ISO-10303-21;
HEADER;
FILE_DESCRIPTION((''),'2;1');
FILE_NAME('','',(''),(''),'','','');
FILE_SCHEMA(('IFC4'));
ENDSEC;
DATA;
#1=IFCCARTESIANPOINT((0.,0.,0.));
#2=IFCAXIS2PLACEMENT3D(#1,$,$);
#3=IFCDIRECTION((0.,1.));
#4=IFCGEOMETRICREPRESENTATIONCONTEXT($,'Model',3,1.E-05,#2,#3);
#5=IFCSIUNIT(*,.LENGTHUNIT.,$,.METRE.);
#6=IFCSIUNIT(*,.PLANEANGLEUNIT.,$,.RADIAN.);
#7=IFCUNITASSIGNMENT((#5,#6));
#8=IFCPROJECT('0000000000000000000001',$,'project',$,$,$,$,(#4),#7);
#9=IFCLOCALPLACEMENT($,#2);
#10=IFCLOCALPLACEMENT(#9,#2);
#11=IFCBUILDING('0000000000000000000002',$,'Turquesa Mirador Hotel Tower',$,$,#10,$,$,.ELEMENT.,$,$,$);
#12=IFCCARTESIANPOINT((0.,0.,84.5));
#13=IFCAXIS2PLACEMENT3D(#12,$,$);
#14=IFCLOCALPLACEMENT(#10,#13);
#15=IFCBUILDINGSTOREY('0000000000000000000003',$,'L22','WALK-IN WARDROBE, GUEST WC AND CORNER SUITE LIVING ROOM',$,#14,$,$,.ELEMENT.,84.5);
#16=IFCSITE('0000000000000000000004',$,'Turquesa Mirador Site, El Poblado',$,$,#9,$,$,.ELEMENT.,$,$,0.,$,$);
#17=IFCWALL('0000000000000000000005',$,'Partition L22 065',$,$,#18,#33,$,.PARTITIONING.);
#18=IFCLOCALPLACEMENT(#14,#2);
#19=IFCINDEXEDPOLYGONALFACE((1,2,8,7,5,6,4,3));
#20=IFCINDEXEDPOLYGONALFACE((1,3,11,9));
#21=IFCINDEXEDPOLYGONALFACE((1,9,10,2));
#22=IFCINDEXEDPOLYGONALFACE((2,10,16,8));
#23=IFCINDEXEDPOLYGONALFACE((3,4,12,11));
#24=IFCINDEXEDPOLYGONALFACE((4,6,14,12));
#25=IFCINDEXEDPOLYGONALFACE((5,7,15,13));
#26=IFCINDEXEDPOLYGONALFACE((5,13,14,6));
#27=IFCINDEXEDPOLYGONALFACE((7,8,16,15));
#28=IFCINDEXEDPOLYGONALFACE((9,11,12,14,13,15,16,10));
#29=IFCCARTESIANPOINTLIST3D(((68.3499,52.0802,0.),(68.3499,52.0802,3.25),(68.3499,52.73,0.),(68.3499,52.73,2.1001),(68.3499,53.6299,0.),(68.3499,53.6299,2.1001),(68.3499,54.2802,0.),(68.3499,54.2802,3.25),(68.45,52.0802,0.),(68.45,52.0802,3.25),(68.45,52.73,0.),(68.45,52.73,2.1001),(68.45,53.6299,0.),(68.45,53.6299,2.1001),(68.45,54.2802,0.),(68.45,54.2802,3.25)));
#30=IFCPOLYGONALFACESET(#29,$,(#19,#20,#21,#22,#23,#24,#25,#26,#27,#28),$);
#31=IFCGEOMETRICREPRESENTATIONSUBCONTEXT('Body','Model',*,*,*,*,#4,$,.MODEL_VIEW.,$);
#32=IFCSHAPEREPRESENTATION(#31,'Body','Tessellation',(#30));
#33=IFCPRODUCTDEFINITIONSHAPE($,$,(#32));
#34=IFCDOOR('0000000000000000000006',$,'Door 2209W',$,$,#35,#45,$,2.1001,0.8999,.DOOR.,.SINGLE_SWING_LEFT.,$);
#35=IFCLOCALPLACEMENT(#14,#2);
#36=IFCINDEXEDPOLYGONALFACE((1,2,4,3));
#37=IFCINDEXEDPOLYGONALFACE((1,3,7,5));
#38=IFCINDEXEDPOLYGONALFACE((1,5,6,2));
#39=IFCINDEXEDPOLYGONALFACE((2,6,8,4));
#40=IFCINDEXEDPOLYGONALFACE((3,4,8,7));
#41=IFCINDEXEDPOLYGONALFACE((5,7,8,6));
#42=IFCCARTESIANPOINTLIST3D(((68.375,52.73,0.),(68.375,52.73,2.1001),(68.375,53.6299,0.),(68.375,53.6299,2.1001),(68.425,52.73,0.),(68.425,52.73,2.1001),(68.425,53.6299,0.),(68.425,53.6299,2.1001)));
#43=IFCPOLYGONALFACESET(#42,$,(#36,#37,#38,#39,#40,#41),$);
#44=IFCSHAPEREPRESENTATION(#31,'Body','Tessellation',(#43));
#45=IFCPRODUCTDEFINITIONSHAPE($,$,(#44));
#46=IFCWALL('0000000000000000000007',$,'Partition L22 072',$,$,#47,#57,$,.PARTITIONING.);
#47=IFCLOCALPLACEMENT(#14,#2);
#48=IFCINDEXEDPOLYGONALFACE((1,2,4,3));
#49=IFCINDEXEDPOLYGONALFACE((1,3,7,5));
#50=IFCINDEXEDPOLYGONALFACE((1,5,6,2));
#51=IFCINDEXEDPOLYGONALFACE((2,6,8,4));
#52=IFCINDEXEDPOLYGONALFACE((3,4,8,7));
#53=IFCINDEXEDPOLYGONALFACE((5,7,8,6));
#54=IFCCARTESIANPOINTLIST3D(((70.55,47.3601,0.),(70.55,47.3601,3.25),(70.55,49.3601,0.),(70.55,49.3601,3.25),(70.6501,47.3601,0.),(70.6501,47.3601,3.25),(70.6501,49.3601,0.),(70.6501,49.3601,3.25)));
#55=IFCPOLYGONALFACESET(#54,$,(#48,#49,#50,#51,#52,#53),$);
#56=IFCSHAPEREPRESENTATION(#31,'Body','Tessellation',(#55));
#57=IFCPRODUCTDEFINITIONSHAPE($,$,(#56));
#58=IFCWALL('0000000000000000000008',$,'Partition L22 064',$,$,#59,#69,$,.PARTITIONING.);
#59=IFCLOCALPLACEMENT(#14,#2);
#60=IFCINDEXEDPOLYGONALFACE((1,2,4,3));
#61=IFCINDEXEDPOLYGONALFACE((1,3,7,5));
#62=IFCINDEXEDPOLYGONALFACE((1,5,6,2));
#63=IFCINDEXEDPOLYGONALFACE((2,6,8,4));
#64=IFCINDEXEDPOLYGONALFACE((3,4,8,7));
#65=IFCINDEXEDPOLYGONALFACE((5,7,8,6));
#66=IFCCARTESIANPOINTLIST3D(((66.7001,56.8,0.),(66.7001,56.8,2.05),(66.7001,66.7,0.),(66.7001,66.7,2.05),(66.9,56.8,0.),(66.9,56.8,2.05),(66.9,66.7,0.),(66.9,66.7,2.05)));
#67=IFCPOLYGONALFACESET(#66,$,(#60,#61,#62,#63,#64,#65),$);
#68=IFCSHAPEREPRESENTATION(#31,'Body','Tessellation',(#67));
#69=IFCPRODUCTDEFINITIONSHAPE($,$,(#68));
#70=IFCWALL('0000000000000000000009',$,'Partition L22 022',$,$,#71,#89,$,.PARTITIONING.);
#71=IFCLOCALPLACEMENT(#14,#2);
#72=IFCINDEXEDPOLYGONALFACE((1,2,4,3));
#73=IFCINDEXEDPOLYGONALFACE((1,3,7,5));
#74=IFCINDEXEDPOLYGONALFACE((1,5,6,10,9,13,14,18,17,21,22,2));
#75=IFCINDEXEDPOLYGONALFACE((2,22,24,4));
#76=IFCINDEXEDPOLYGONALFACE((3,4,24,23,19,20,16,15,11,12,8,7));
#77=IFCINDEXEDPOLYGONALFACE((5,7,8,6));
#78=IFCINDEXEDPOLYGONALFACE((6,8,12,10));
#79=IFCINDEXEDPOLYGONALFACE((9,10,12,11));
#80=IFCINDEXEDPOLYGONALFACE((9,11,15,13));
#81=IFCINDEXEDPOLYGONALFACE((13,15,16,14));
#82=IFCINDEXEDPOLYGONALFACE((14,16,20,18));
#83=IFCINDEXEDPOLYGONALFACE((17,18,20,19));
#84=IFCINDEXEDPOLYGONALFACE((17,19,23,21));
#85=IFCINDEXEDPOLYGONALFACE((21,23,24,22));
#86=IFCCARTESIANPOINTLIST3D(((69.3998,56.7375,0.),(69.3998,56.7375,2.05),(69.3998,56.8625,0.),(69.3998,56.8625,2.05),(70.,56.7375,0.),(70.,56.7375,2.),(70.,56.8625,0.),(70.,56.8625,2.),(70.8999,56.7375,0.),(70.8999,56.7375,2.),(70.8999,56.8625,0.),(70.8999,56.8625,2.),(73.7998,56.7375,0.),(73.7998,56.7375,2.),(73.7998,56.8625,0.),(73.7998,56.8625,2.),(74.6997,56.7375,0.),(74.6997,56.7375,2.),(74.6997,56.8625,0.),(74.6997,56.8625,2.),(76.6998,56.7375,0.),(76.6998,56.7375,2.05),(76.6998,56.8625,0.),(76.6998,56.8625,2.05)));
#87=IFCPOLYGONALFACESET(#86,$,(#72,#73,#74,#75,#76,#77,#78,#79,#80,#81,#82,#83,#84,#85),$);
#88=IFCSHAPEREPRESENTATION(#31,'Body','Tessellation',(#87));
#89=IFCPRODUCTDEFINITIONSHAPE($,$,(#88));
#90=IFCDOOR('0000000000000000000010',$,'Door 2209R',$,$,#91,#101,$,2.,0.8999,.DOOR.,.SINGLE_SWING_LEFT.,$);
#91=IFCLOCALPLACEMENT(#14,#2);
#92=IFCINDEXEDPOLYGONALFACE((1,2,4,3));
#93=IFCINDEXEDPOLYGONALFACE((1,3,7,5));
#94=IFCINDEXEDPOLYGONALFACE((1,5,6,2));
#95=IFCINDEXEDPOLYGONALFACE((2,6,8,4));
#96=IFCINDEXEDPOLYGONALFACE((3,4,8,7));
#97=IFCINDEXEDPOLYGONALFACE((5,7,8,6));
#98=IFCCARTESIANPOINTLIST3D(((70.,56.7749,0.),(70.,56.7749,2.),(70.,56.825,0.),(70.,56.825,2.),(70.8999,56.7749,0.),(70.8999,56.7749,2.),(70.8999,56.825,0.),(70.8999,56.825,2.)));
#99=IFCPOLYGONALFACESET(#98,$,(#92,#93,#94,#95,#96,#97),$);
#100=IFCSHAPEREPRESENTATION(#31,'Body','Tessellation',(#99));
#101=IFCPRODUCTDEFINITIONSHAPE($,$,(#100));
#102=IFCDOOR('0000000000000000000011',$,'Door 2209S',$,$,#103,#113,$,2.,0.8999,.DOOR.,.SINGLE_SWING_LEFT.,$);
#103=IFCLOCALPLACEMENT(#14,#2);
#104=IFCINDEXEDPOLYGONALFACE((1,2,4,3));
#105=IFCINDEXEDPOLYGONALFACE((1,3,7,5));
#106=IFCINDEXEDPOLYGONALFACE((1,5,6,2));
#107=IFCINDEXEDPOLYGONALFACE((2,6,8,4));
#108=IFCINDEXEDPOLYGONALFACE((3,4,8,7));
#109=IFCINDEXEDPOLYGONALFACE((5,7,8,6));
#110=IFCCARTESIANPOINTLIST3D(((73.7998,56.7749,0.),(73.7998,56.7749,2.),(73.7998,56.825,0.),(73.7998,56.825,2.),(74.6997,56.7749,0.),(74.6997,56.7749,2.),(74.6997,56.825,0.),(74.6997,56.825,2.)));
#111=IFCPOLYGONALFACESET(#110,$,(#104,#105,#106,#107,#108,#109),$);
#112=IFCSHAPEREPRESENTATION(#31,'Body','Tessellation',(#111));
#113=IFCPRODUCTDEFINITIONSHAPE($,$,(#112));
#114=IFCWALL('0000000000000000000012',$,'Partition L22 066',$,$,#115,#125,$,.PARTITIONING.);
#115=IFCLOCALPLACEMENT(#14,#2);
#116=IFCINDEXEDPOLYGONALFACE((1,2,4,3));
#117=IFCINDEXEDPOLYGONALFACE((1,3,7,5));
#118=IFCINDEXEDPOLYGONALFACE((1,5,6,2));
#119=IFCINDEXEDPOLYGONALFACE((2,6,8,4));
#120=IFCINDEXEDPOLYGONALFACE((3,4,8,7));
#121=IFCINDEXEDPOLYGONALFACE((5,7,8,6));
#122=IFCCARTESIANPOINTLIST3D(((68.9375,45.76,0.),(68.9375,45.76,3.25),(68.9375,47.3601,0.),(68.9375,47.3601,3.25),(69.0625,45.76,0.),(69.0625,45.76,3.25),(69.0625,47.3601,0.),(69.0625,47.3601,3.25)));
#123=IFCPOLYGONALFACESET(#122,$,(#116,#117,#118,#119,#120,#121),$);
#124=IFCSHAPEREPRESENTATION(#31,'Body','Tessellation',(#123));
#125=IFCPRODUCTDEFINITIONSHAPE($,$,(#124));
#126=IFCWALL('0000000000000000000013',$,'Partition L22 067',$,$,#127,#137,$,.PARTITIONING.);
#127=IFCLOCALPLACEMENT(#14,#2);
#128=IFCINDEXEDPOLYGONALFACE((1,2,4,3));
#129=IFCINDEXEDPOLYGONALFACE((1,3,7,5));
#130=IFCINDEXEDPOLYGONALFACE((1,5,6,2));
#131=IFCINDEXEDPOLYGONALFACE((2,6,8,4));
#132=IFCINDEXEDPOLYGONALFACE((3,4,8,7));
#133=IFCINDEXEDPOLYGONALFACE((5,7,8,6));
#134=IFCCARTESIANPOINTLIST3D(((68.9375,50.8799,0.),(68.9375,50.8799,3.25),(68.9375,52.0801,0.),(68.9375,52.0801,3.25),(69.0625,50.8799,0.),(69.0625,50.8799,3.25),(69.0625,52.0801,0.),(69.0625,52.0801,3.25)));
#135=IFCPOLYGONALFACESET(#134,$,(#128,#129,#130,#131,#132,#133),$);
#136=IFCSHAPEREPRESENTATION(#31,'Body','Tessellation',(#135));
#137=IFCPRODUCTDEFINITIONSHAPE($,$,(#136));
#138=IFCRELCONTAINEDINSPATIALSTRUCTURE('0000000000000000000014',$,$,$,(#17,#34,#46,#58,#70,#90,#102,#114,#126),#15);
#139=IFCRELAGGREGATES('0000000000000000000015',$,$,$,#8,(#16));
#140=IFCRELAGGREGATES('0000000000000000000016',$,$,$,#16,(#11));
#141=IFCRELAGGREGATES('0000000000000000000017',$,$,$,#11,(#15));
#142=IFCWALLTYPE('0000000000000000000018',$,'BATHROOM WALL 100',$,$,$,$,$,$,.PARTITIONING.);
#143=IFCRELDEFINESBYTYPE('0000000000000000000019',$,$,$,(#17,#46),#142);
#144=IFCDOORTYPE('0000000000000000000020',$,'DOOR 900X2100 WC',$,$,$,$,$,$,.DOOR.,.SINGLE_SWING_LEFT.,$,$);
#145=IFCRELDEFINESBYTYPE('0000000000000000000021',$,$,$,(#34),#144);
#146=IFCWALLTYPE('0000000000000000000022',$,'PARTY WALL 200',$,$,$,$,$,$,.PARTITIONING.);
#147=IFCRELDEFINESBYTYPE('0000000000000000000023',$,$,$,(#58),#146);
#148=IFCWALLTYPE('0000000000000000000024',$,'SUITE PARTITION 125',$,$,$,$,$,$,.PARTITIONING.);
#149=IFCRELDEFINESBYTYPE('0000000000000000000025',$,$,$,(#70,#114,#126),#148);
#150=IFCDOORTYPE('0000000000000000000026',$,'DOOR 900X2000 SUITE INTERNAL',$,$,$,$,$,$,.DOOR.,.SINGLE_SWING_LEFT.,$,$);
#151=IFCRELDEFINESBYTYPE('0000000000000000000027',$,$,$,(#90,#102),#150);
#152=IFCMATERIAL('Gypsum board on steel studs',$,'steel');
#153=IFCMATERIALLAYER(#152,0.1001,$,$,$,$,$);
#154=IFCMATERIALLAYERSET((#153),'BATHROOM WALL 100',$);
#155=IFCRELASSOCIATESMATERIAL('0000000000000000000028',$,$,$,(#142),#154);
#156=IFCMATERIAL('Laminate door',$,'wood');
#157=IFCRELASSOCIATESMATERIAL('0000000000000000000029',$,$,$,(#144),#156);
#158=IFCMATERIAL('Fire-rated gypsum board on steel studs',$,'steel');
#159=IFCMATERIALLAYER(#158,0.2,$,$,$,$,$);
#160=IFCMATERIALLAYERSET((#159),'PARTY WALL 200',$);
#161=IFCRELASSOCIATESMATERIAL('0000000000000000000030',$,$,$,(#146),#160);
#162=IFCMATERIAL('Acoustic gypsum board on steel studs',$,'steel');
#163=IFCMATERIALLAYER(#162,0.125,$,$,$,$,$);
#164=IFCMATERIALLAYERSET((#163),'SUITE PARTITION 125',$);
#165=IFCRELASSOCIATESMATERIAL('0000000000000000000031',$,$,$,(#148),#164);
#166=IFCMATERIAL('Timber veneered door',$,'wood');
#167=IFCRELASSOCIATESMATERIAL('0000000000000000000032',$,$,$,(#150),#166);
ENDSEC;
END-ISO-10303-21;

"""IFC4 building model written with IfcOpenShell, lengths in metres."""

from ifc_helpers import new_model, si_unit, direction, frame, frame_2d, origin, place, context, subcontext, project, spatial, rectangle, extrude, material, layer, layer_set, type_object, element, fill, save


model = new_model("IFC4")

# Units and contexts
model_context = context("Model", 3, precision=1e-05, world=origin(), true_north=direction((0.0, 1.0)))
body_context = subcontext(model_context, "Body", "Model", "MODEL_VIEW")
ifc_project = project(units=[si_unit("LENGTHUNIT", "METRE"), si_unit("PLANEANGLEUNIT", "RADIAN")], contexts=[model_context])

# Site, building, storey
site_placement = place(None, origin())
site = spatial("IfcSite", under=ifc_project, at=site_placement, Name="Turquesa Mirador Site, El Poblado", CompositionType="ELEMENT", RefElevation=0.0)
building_placement = place(site_placement, origin())
building = spatial("IfcBuilding", under=site, at=building_placement, Name="Turquesa Mirador Hotel Tower", CompositionType="ELEMENT")
storey_placement = place(building_placement, frame((0.0, 0.0, 84.5)))
storey = spatial("IfcBuildingStorey", under=building, at=storey_placement, Name="L22", Description="WALK-IN WARDROBE, GUEST WC AND CORNER SUITE LIVING ROOM", CompositionType="ELEMENT", Elevation=84.5)

# Shared definitions
ifc_material_1 = material(Name="Gypsum board on steel studs", Category="steel")
ifc_layer_1 = layer(ifc_material_1, 0.1001)
ifc_layer_set_1 = layer_set([ifc_layer_1], Name="BATHROOM WALL 100")
wall_type_1 = type_object("IfcWallType", Name="BATHROOM WALL 100", PredefinedType="PARTITIONING", material=ifc_layer_set_1)

# Wall, opening, door
wall_1_placement = place(storey_placement, frame((68.3999, 52.0801, 0.0), z_axis=(0.0, 0.0, 1.0), x_axis=(0.0, 1.0, 0.0)))
wall_1 = element("IfcWall", 1, at=wall_1_placement, inside=storey, type_object=wall_type_1, Name="Partition L22 065", PredefinedType="PARTITIONING", context=body_context, shape_type="SweptSolid", body=[
    extrude(rectangle(XDim=2.2, YDim=0.1001, at=frame_2d((1.1001, 0.0))), origin(), (0.0, 0.0, 1.0), 3.25),
])
opening_1_placement = place(wall_1_placement, frame((0.6499, 0.0, 0.0)))
opening_1 = element("IfcOpeningElement", 2, at=opening_1_placement, cuts=wall_1, PredefinedType="OPENING", context=body_context, shape_type="SweptSolid", body=[
    extrude(rectangle(XDim=0.8999, YDim=2.1001, at=frame_2d((0.45, 1.05))), frame((0.0, 0.0601, 0.0), z_axis=(0.0, -1.0, 0.0), x_axis=(1.0, 0.0, 0.0)), (0.0, 0.0, 1.0), 0.1201),
])
ifc_material_2 = material(Name="Laminate door", Category="wood")
door_type_1 = type_object("IfcDoorType", Name="DOOR 900X2100 WC", OperationType="SINGLE_SWING_LEFT", PredefinedType="DOOR", material=ifc_material_2)
door_1_placement = place(opening_1_placement, origin())
door_1 = element("IfcDoor", 3, at=door_1_placement, inside=storey, type_object=door_type_1, Name="Door 2209W", OperationType="SINGLE_SWING_LEFT", OverallHeight=2.1001, OverallWidth=0.8999, PredefinedType="DOOR", context=body_context, shape_type="SweptSolid", body=[
    extrude(rectangle(XDim=0.8999, YDim=2.1001, at=frame_2d((0.45, 1.05))), frame((0.0, 0.0249, 0.0), z_axis=(0.0, -1.0, 0.0), x_axis=(1.0, 0.0, 0.0)), (0.0, 0.0, 1.0), 0.05),
])
fill(opening_1, door_1)

# Walls
wall_2_placement = place(storey_placement, frame((70.6001, 47.3601, 0.0), z_axis=(0.0, 0.0, 1.0), x_axis=(0.0, 1.0, 0.0)))
element("IfcWall", 4, at=wall_2_placement, inside=storey, type_object=wall_type_1, Name="Partition L22 072", PredefinedType="PARTITIONING", context=body_context, shape_type="SweptSolid", body=[
    extrude(rectangle(XDim=2.0, YDim=0.1001, at=frame_2d((1.0, 0.0))), origin(), (0.0, 0.0, 1.0), 3.25),
])
ifc_material_3 = material(Name="Fire-rated gypsum board on steel studs", Category="steel")
ifc_layer_2 = layer(ifc_material_3, 0.2)
ifc_layer_set_2 = layer_set([ifc_layer_2], Name="PARTY WALL 200")
wall_type_2 = type_object("IfcWallType", Name="PARTY WALL 200", PredefinedType="PARTITIONING", material=ifc_layer_set_2)
wall_3_placement = place(storey_placement, frame((66.8, 56.8, 0.0), z_axis=(0.0, 0.0, 1.0), x_axis=(0.0, 1.0, 0.0)))
element("IfcWall", 5, at=wall_3_placement, inside=storey, type_object=wall_type_2, Name="Partition L22 064", PredefinedType="PARTITIONING", context=body_context, shape_type="SweptSolid", body=[
    extrude(rectangle(XDim=9.8999, YDim=0.2, at=frame_2d((4.95, 0.0))), origin(), (0.0, 0.0, 1.0), 2.05),
])

# Wall, openings, doors
ifc_material_4 = material(Name="Acoustic gypsum board on steel studs", Category="steel")
ifc_layer_3 = layer(ifc_material_4, 0.125)
ifc_layer_set_3 = layer_set([ifc_layer_3], Name="SUITE PARTITION 125")
wall_type_3 = type_object("IfcWallType", Name="SUITE PARTITION 125", PredefinedType="PARTITIONING", material=ifc_layer_set_3)
wall_4_placement = place(storey_placement, frame((69.3999, 56.8, 0.0), z_axis=(0.0, 0.0, 1.0), x_axis=(1.0, 0.0, 0.0)))
wall_4 = element("IfcWall", 6, at=wall_4_placement, inside=storey, type_object=wall_type_3, Name="Partition L22 022", PredefinedType="PARTITIONING", context=body_context, shape_type="SweptSolid", body=[
    extrude(rectangle(XDim=7.3, YDim=0.125, at=frame_2d((3.6499, 0.0))), origin(), (0.0, 0.0, 1.0), 2.05),
])
opening_2_placement = place(wall_4_placement, frame((0.6001, 0.0, 0.0)))
opening_2 = element("IfcOpeningElement", 7, at=opening_2_placement, cuts=wall_4, PredefinedType="OPENING", context=body_context, shape_type="SweptSolid", body=[
    extrude(rectangle(XDim=0.8999, YDim=2.0, at=frame_2d((0.45, 1.0))), frame((0.0, 0.0725, 0.0), z_axis=(0.0, -1.0, 0.0), x_axis=(1.0, 0.0, 0.0)), (0.0, 0.0, 1.0), 0.145),
])
opening_3_placement = place(wall_4_placement, frame((4.3999, 0.0, 0.0)))
opening_3 = element("IfcOpeningElement", 8, at=opening_3_placement, cuts=wall_4, PredefinedType="OPENING", context=body_context, shape_type="SweptSolid", body=[
    extrude(rectangle(XDim=0.8999, YDim=2.0, at=frame_2d((0.45, 1.0))), frame((0.0, 0.0725, 0.0), z_axis=(0.0, -1.0, 0.0), x_axis=(1.0, 0.0, 0.0)), (0.0, 0.0, 1.0), 0.145),
])
ifc_material_5 = material(Name="Timber veneered door", Category="wood")
door_type_2 = type_object("IfcDoorType", Name="DOOR 900X2000 SUITE INTERNAL", OperationType="SINGLE_SWING_LEFT", PredefinedType="DOOR", material=ifc_material_5)
door_2_placement = place(opening_2_placement, origin())
door_2 = element("IfcDoor", 9, at=door_2_placement, inside=storey, type_object=door_type_2, Name="Door 2209R", OperationType="SINGLE_SWING_LEFT", OverallHeight=2.0, OverallWidth=0.8999, PredefinedType="DOOR", context=body_context, shape_type="SweptSolid", body=[
    extrude(rectangle(XDim=0.8999, YDim=2.0, at=frame_2d((0.45, 1.0))), frame((0.0, 0.0249, 0.0), z_axis=(0.0, -1.0, 0.0), x_axis=(1.0, 0.0, 0.0)), (0.0, 0.0, 1.0), 0.05),
])
fill(opening_2, door_2)
door_3_placement = place(opening_3_placement, origin())
door_3 = element("IfcDoor", 10, at=door_3_placement, inside=storey, type_object=door_type_2, Name="Door 2209S", OperationType="SINGLE_SWING_LEFT", OverallHeight=2.0, OverallWidth=0.8999, PredefinedType="DOOR", context=body_context, shape_type="SweptSolid", body=[
    extrude(rectangle(XDim=0.8999, YDim=2.0, at=frame_2d((0.45, 1.0))), frame((0.0, 0.0249, 0.0), z_axis=(0.0, -1.0, 0.0), x_axis=(1.0, 0.0, 0.0)), (0.0, 0.0, 1.0), 0.05),
])
fill(opening_3, door_3)

# Walls
wall_5_placement = place(storey_placement, frame((69.0, 45.76, 0.0), z_axis=(0.0, 0.0, 1.0), x_axis=(0.0, 1.0, 0.0)))
element("IfcWall", 11, at=wall_5_placement, inside=storey, type_object=wall_type_3, Name="Partition L22 066", PredefinedType="PARTITIONING", context=body_context, shape_type="SweptSolid", body=[
    extrude(rectangle(XDim=1.6001, YDim=0.125, at=frame_2d((0.8, 0.0))), origin(), (0.0, 0.0, 1.0), 3.25),
])
wall_6_placement = place(storey_placement, frame((69.0, 50.8799, 0.0), z_axis=(0.0, 0.0, 1.0), x_axis=(0.0, 1.0, 0.0)))
element("IfcWall", 12, at=wall_6_placement, inside=storey, type_object=wall_type_3, Name="Partition L22 067", PredefinedType="PARTITIONING", context=body_context, shape_type="SweptSolid", body=[
    extrude(rectangle(XDim=1.2002, YDim=0.125, at=frame_2d((0.6001, 0.0))), origin(), (0.0, 0.0, 1.0), 3.25),
])

save(model, "model.ifc")
